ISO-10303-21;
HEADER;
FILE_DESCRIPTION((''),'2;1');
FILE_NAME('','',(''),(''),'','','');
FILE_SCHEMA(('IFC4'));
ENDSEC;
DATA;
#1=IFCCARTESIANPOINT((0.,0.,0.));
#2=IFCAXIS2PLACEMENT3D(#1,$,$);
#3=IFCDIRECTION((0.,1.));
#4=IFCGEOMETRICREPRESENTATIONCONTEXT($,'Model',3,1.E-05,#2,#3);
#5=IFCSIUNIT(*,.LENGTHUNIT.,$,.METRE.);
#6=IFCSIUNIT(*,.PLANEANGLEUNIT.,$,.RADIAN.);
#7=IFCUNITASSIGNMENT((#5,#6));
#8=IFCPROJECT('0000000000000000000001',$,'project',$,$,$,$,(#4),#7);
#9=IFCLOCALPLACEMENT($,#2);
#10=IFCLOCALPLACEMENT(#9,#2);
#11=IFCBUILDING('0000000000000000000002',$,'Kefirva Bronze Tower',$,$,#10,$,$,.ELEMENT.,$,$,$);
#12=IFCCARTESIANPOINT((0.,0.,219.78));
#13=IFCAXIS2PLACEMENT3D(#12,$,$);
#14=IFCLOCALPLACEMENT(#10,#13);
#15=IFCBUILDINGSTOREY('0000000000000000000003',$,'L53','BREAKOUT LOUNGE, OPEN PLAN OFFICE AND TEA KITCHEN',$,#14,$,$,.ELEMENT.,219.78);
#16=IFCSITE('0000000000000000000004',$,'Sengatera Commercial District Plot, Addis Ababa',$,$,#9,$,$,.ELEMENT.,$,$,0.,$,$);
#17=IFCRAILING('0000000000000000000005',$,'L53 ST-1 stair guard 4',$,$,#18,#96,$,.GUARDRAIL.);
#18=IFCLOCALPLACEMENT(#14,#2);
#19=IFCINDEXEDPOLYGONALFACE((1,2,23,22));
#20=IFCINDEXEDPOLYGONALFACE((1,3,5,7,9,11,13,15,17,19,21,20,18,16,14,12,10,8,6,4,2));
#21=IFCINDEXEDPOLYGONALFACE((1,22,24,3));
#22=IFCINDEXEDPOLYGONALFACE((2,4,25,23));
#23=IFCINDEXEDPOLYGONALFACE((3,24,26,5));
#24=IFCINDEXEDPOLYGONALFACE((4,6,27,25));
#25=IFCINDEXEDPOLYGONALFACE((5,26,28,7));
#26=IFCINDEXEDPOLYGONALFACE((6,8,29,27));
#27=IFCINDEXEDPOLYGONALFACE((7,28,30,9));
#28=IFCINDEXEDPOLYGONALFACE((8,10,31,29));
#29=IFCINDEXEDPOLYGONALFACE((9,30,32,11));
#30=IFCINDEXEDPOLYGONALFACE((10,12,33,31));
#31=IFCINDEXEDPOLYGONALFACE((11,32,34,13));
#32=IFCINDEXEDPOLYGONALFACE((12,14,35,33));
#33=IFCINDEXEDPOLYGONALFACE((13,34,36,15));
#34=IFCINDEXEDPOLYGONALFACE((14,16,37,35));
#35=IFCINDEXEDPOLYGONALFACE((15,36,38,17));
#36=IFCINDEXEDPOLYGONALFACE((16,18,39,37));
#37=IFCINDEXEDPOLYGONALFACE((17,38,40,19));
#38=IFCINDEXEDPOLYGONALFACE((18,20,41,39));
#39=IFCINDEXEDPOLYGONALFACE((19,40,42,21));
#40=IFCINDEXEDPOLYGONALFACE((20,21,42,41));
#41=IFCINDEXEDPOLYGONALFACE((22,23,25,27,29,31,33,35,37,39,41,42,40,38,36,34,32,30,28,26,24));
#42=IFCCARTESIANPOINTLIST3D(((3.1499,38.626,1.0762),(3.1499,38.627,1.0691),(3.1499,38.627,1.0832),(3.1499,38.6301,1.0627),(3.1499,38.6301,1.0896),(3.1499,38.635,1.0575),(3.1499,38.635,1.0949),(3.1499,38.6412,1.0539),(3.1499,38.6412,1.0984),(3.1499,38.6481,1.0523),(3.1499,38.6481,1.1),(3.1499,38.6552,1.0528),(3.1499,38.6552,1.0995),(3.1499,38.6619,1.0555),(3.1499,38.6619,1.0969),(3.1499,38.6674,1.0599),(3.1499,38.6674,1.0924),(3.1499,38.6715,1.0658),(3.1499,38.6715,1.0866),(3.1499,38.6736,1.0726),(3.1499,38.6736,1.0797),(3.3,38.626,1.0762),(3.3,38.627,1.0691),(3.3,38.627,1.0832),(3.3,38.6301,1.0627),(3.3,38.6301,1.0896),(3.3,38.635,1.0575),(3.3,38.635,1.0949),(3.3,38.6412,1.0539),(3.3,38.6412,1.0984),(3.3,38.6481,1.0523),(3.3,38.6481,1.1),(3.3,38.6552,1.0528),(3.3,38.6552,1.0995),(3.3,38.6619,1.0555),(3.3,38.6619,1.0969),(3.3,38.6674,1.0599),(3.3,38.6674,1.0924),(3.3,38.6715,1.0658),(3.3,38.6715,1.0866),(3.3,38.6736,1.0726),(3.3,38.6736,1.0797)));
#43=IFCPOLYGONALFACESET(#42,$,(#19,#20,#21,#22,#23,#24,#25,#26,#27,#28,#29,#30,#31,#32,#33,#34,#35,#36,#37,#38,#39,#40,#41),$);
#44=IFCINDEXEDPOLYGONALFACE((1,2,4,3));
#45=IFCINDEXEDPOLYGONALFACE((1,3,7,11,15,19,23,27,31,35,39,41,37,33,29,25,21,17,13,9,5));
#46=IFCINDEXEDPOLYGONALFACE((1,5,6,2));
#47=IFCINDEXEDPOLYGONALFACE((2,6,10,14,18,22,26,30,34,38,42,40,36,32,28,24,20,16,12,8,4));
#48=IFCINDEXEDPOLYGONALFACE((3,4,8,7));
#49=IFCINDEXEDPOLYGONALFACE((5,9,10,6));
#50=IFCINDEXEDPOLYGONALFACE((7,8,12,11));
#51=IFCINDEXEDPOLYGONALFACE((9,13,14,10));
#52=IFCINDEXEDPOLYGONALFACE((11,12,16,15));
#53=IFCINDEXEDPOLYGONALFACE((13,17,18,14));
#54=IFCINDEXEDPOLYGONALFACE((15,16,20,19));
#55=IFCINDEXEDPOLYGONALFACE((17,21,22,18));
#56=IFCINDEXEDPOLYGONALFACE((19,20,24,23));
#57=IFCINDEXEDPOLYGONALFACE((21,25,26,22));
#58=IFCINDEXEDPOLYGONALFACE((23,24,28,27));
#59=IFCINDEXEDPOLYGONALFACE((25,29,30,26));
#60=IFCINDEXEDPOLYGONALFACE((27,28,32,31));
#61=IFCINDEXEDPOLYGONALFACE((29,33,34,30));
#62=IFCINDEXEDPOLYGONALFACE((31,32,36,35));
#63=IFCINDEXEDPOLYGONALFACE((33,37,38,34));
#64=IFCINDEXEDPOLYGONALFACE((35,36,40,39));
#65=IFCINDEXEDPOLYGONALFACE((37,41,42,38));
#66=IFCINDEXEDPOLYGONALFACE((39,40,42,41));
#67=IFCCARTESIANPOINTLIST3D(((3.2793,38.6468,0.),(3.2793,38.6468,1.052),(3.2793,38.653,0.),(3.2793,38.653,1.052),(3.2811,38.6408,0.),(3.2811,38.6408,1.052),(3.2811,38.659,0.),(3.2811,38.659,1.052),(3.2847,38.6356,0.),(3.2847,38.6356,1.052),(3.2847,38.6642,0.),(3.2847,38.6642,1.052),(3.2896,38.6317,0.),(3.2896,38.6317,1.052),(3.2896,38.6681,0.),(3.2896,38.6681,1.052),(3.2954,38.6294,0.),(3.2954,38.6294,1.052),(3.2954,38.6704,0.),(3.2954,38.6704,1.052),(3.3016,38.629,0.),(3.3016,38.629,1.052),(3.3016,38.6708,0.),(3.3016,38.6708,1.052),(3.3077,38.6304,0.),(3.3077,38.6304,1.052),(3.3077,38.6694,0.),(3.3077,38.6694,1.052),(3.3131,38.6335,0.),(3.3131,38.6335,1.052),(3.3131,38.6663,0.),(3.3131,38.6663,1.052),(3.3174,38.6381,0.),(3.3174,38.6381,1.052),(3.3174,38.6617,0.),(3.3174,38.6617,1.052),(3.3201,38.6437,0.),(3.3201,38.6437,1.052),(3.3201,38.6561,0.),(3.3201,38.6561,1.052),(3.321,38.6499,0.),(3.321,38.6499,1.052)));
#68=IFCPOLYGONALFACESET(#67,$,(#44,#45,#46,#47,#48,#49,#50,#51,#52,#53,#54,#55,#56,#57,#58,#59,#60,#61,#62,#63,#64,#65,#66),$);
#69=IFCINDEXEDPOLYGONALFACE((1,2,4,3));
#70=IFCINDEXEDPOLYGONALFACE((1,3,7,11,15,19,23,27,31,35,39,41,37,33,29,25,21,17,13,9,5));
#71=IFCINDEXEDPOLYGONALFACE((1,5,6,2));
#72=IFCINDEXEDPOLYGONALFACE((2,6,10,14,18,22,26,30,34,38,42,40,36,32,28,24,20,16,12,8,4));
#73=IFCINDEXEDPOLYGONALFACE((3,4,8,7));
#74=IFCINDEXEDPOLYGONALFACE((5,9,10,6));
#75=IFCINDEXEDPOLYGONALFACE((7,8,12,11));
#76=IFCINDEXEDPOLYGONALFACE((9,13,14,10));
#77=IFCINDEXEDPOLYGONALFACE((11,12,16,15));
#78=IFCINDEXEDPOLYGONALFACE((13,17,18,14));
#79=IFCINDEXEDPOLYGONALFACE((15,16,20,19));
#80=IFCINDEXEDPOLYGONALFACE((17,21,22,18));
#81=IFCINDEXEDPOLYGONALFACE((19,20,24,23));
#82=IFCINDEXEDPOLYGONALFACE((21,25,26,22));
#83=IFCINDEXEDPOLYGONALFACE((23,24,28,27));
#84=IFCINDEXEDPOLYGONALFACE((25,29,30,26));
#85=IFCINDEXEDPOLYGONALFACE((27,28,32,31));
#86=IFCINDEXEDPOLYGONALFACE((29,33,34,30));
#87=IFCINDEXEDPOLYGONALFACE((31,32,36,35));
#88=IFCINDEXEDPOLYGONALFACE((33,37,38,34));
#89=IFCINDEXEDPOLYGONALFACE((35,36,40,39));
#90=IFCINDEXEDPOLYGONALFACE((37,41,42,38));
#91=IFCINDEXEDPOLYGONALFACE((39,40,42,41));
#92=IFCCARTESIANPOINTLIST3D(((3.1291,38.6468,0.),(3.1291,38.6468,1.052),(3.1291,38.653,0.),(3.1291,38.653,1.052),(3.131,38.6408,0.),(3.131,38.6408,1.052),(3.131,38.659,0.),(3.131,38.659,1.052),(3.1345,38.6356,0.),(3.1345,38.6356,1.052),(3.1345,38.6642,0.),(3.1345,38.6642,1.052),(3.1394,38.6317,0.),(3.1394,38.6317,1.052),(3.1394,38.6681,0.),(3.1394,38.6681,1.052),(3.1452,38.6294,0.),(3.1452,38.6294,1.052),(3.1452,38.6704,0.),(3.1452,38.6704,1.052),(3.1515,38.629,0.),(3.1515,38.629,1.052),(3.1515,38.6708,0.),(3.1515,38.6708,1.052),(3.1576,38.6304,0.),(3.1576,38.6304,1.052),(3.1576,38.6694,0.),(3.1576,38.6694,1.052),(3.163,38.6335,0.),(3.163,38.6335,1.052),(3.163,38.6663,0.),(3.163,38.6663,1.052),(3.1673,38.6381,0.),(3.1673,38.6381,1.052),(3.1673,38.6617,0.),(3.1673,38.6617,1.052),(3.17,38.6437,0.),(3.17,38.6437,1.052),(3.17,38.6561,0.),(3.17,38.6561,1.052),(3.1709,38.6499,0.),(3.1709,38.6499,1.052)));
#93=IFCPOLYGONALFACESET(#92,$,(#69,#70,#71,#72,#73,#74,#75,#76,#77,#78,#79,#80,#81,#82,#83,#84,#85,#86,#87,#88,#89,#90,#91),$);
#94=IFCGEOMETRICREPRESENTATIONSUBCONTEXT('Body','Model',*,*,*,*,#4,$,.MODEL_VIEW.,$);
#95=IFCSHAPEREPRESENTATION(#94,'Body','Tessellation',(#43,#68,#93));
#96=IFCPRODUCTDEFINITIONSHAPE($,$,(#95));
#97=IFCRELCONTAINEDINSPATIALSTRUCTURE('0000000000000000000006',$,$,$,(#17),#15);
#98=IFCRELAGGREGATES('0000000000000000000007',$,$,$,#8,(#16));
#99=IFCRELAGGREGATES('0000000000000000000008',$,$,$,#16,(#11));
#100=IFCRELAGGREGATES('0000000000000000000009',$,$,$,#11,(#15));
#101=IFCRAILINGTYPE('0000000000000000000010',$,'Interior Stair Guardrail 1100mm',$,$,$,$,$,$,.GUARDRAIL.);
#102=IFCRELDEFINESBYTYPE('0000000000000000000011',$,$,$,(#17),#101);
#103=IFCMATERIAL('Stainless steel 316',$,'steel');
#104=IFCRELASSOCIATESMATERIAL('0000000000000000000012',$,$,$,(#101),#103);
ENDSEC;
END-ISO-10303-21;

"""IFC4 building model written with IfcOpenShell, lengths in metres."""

from ifc_helpers import new_model, si_unit, direction, frame, origin, origin_2d, place, context, subcontext, project, spatial, circle, extrude, material, type_object, element, save


model = new_model("IFC4")

# Units and contexts
model_context = context("Model", 3, precision=1e-05, world=origin(), true_north=direction((0.0, 1.0)))
body_context = subcontext(model_context, "Body", "Model", "MODEL_VIEW")
ifc_project = project(units=[si_unit("LENGTHUNIT", "METRE"), si_unit("PLANEANGLEUNIT", "RADIAN")], contexts=[model_context])

# Site, building, storey
site_placement = place(None, origin())
site = spatial("IfcSite", under=ifc_project, at=site_placement, Name="Sengatera Commercial District Plot, Addis Ababa", CompositionType="ELEMENT", RefElevation=0.0)
building_placement = place(site_placement, origin())
building = spatial("IfcBuilding", under=site, at=building_placement, Name="Kefirva Bronze Tower", CompositionType="ELEMENT")
storey_placement = place(building_placement, frame((0.0, 0.0, 219.78)))
storey = spatial("IfcBuildingStorey", under=building, at=storey_placement, Name="L53", Description="BREAKOUT LOUNGE, OPEN PLAN OFFICE AND TEA KITCHEN", CompositionType="ELEMENT", Elevation=219.78)

# Railing
ifc_material_1 = material(Name="Stainless steel 316", Category="steel")
railing_type_1 = type_object("IfcRailingType", Name="Interior Stair Guardrail 1100mm", PredefinedType="GUARDRAIL", material=ifc_material_1)
railing_1_placement = place(storey_placement, frame((3.3, 38.6499, 0.0)))
element("IfcRailing", 1, at=railing_1_placement, inside=storey, type_object=railing_type_1, Name="L53 ST-1 stair guard 4", PredefinedType="GUARDRAIL", context=body_context, shape_type="SweptSolid", body=[
    extrude(circle(Radius=0.0239, at=origin_2d()), frame((0.0, 0.0, 1.0762), z_axis=(-1.0, 0.0, 0.0), x_axis=(0.0, -1.0, 0.0)), (0.0, 0.0, 1.0), 0.1501),
    extrude(circle(Radius=0.021, at=origin_2d()), origin(), (0.0, 0.0, 1.0), 1.052),
    extrude(circle(Radius=0.021, at=origin_2d()), frame((-0.1501, 0.0, 0.0)), (0.0, 0.0, 1.0), 1.052),
])

save(model, "model.ifc")
